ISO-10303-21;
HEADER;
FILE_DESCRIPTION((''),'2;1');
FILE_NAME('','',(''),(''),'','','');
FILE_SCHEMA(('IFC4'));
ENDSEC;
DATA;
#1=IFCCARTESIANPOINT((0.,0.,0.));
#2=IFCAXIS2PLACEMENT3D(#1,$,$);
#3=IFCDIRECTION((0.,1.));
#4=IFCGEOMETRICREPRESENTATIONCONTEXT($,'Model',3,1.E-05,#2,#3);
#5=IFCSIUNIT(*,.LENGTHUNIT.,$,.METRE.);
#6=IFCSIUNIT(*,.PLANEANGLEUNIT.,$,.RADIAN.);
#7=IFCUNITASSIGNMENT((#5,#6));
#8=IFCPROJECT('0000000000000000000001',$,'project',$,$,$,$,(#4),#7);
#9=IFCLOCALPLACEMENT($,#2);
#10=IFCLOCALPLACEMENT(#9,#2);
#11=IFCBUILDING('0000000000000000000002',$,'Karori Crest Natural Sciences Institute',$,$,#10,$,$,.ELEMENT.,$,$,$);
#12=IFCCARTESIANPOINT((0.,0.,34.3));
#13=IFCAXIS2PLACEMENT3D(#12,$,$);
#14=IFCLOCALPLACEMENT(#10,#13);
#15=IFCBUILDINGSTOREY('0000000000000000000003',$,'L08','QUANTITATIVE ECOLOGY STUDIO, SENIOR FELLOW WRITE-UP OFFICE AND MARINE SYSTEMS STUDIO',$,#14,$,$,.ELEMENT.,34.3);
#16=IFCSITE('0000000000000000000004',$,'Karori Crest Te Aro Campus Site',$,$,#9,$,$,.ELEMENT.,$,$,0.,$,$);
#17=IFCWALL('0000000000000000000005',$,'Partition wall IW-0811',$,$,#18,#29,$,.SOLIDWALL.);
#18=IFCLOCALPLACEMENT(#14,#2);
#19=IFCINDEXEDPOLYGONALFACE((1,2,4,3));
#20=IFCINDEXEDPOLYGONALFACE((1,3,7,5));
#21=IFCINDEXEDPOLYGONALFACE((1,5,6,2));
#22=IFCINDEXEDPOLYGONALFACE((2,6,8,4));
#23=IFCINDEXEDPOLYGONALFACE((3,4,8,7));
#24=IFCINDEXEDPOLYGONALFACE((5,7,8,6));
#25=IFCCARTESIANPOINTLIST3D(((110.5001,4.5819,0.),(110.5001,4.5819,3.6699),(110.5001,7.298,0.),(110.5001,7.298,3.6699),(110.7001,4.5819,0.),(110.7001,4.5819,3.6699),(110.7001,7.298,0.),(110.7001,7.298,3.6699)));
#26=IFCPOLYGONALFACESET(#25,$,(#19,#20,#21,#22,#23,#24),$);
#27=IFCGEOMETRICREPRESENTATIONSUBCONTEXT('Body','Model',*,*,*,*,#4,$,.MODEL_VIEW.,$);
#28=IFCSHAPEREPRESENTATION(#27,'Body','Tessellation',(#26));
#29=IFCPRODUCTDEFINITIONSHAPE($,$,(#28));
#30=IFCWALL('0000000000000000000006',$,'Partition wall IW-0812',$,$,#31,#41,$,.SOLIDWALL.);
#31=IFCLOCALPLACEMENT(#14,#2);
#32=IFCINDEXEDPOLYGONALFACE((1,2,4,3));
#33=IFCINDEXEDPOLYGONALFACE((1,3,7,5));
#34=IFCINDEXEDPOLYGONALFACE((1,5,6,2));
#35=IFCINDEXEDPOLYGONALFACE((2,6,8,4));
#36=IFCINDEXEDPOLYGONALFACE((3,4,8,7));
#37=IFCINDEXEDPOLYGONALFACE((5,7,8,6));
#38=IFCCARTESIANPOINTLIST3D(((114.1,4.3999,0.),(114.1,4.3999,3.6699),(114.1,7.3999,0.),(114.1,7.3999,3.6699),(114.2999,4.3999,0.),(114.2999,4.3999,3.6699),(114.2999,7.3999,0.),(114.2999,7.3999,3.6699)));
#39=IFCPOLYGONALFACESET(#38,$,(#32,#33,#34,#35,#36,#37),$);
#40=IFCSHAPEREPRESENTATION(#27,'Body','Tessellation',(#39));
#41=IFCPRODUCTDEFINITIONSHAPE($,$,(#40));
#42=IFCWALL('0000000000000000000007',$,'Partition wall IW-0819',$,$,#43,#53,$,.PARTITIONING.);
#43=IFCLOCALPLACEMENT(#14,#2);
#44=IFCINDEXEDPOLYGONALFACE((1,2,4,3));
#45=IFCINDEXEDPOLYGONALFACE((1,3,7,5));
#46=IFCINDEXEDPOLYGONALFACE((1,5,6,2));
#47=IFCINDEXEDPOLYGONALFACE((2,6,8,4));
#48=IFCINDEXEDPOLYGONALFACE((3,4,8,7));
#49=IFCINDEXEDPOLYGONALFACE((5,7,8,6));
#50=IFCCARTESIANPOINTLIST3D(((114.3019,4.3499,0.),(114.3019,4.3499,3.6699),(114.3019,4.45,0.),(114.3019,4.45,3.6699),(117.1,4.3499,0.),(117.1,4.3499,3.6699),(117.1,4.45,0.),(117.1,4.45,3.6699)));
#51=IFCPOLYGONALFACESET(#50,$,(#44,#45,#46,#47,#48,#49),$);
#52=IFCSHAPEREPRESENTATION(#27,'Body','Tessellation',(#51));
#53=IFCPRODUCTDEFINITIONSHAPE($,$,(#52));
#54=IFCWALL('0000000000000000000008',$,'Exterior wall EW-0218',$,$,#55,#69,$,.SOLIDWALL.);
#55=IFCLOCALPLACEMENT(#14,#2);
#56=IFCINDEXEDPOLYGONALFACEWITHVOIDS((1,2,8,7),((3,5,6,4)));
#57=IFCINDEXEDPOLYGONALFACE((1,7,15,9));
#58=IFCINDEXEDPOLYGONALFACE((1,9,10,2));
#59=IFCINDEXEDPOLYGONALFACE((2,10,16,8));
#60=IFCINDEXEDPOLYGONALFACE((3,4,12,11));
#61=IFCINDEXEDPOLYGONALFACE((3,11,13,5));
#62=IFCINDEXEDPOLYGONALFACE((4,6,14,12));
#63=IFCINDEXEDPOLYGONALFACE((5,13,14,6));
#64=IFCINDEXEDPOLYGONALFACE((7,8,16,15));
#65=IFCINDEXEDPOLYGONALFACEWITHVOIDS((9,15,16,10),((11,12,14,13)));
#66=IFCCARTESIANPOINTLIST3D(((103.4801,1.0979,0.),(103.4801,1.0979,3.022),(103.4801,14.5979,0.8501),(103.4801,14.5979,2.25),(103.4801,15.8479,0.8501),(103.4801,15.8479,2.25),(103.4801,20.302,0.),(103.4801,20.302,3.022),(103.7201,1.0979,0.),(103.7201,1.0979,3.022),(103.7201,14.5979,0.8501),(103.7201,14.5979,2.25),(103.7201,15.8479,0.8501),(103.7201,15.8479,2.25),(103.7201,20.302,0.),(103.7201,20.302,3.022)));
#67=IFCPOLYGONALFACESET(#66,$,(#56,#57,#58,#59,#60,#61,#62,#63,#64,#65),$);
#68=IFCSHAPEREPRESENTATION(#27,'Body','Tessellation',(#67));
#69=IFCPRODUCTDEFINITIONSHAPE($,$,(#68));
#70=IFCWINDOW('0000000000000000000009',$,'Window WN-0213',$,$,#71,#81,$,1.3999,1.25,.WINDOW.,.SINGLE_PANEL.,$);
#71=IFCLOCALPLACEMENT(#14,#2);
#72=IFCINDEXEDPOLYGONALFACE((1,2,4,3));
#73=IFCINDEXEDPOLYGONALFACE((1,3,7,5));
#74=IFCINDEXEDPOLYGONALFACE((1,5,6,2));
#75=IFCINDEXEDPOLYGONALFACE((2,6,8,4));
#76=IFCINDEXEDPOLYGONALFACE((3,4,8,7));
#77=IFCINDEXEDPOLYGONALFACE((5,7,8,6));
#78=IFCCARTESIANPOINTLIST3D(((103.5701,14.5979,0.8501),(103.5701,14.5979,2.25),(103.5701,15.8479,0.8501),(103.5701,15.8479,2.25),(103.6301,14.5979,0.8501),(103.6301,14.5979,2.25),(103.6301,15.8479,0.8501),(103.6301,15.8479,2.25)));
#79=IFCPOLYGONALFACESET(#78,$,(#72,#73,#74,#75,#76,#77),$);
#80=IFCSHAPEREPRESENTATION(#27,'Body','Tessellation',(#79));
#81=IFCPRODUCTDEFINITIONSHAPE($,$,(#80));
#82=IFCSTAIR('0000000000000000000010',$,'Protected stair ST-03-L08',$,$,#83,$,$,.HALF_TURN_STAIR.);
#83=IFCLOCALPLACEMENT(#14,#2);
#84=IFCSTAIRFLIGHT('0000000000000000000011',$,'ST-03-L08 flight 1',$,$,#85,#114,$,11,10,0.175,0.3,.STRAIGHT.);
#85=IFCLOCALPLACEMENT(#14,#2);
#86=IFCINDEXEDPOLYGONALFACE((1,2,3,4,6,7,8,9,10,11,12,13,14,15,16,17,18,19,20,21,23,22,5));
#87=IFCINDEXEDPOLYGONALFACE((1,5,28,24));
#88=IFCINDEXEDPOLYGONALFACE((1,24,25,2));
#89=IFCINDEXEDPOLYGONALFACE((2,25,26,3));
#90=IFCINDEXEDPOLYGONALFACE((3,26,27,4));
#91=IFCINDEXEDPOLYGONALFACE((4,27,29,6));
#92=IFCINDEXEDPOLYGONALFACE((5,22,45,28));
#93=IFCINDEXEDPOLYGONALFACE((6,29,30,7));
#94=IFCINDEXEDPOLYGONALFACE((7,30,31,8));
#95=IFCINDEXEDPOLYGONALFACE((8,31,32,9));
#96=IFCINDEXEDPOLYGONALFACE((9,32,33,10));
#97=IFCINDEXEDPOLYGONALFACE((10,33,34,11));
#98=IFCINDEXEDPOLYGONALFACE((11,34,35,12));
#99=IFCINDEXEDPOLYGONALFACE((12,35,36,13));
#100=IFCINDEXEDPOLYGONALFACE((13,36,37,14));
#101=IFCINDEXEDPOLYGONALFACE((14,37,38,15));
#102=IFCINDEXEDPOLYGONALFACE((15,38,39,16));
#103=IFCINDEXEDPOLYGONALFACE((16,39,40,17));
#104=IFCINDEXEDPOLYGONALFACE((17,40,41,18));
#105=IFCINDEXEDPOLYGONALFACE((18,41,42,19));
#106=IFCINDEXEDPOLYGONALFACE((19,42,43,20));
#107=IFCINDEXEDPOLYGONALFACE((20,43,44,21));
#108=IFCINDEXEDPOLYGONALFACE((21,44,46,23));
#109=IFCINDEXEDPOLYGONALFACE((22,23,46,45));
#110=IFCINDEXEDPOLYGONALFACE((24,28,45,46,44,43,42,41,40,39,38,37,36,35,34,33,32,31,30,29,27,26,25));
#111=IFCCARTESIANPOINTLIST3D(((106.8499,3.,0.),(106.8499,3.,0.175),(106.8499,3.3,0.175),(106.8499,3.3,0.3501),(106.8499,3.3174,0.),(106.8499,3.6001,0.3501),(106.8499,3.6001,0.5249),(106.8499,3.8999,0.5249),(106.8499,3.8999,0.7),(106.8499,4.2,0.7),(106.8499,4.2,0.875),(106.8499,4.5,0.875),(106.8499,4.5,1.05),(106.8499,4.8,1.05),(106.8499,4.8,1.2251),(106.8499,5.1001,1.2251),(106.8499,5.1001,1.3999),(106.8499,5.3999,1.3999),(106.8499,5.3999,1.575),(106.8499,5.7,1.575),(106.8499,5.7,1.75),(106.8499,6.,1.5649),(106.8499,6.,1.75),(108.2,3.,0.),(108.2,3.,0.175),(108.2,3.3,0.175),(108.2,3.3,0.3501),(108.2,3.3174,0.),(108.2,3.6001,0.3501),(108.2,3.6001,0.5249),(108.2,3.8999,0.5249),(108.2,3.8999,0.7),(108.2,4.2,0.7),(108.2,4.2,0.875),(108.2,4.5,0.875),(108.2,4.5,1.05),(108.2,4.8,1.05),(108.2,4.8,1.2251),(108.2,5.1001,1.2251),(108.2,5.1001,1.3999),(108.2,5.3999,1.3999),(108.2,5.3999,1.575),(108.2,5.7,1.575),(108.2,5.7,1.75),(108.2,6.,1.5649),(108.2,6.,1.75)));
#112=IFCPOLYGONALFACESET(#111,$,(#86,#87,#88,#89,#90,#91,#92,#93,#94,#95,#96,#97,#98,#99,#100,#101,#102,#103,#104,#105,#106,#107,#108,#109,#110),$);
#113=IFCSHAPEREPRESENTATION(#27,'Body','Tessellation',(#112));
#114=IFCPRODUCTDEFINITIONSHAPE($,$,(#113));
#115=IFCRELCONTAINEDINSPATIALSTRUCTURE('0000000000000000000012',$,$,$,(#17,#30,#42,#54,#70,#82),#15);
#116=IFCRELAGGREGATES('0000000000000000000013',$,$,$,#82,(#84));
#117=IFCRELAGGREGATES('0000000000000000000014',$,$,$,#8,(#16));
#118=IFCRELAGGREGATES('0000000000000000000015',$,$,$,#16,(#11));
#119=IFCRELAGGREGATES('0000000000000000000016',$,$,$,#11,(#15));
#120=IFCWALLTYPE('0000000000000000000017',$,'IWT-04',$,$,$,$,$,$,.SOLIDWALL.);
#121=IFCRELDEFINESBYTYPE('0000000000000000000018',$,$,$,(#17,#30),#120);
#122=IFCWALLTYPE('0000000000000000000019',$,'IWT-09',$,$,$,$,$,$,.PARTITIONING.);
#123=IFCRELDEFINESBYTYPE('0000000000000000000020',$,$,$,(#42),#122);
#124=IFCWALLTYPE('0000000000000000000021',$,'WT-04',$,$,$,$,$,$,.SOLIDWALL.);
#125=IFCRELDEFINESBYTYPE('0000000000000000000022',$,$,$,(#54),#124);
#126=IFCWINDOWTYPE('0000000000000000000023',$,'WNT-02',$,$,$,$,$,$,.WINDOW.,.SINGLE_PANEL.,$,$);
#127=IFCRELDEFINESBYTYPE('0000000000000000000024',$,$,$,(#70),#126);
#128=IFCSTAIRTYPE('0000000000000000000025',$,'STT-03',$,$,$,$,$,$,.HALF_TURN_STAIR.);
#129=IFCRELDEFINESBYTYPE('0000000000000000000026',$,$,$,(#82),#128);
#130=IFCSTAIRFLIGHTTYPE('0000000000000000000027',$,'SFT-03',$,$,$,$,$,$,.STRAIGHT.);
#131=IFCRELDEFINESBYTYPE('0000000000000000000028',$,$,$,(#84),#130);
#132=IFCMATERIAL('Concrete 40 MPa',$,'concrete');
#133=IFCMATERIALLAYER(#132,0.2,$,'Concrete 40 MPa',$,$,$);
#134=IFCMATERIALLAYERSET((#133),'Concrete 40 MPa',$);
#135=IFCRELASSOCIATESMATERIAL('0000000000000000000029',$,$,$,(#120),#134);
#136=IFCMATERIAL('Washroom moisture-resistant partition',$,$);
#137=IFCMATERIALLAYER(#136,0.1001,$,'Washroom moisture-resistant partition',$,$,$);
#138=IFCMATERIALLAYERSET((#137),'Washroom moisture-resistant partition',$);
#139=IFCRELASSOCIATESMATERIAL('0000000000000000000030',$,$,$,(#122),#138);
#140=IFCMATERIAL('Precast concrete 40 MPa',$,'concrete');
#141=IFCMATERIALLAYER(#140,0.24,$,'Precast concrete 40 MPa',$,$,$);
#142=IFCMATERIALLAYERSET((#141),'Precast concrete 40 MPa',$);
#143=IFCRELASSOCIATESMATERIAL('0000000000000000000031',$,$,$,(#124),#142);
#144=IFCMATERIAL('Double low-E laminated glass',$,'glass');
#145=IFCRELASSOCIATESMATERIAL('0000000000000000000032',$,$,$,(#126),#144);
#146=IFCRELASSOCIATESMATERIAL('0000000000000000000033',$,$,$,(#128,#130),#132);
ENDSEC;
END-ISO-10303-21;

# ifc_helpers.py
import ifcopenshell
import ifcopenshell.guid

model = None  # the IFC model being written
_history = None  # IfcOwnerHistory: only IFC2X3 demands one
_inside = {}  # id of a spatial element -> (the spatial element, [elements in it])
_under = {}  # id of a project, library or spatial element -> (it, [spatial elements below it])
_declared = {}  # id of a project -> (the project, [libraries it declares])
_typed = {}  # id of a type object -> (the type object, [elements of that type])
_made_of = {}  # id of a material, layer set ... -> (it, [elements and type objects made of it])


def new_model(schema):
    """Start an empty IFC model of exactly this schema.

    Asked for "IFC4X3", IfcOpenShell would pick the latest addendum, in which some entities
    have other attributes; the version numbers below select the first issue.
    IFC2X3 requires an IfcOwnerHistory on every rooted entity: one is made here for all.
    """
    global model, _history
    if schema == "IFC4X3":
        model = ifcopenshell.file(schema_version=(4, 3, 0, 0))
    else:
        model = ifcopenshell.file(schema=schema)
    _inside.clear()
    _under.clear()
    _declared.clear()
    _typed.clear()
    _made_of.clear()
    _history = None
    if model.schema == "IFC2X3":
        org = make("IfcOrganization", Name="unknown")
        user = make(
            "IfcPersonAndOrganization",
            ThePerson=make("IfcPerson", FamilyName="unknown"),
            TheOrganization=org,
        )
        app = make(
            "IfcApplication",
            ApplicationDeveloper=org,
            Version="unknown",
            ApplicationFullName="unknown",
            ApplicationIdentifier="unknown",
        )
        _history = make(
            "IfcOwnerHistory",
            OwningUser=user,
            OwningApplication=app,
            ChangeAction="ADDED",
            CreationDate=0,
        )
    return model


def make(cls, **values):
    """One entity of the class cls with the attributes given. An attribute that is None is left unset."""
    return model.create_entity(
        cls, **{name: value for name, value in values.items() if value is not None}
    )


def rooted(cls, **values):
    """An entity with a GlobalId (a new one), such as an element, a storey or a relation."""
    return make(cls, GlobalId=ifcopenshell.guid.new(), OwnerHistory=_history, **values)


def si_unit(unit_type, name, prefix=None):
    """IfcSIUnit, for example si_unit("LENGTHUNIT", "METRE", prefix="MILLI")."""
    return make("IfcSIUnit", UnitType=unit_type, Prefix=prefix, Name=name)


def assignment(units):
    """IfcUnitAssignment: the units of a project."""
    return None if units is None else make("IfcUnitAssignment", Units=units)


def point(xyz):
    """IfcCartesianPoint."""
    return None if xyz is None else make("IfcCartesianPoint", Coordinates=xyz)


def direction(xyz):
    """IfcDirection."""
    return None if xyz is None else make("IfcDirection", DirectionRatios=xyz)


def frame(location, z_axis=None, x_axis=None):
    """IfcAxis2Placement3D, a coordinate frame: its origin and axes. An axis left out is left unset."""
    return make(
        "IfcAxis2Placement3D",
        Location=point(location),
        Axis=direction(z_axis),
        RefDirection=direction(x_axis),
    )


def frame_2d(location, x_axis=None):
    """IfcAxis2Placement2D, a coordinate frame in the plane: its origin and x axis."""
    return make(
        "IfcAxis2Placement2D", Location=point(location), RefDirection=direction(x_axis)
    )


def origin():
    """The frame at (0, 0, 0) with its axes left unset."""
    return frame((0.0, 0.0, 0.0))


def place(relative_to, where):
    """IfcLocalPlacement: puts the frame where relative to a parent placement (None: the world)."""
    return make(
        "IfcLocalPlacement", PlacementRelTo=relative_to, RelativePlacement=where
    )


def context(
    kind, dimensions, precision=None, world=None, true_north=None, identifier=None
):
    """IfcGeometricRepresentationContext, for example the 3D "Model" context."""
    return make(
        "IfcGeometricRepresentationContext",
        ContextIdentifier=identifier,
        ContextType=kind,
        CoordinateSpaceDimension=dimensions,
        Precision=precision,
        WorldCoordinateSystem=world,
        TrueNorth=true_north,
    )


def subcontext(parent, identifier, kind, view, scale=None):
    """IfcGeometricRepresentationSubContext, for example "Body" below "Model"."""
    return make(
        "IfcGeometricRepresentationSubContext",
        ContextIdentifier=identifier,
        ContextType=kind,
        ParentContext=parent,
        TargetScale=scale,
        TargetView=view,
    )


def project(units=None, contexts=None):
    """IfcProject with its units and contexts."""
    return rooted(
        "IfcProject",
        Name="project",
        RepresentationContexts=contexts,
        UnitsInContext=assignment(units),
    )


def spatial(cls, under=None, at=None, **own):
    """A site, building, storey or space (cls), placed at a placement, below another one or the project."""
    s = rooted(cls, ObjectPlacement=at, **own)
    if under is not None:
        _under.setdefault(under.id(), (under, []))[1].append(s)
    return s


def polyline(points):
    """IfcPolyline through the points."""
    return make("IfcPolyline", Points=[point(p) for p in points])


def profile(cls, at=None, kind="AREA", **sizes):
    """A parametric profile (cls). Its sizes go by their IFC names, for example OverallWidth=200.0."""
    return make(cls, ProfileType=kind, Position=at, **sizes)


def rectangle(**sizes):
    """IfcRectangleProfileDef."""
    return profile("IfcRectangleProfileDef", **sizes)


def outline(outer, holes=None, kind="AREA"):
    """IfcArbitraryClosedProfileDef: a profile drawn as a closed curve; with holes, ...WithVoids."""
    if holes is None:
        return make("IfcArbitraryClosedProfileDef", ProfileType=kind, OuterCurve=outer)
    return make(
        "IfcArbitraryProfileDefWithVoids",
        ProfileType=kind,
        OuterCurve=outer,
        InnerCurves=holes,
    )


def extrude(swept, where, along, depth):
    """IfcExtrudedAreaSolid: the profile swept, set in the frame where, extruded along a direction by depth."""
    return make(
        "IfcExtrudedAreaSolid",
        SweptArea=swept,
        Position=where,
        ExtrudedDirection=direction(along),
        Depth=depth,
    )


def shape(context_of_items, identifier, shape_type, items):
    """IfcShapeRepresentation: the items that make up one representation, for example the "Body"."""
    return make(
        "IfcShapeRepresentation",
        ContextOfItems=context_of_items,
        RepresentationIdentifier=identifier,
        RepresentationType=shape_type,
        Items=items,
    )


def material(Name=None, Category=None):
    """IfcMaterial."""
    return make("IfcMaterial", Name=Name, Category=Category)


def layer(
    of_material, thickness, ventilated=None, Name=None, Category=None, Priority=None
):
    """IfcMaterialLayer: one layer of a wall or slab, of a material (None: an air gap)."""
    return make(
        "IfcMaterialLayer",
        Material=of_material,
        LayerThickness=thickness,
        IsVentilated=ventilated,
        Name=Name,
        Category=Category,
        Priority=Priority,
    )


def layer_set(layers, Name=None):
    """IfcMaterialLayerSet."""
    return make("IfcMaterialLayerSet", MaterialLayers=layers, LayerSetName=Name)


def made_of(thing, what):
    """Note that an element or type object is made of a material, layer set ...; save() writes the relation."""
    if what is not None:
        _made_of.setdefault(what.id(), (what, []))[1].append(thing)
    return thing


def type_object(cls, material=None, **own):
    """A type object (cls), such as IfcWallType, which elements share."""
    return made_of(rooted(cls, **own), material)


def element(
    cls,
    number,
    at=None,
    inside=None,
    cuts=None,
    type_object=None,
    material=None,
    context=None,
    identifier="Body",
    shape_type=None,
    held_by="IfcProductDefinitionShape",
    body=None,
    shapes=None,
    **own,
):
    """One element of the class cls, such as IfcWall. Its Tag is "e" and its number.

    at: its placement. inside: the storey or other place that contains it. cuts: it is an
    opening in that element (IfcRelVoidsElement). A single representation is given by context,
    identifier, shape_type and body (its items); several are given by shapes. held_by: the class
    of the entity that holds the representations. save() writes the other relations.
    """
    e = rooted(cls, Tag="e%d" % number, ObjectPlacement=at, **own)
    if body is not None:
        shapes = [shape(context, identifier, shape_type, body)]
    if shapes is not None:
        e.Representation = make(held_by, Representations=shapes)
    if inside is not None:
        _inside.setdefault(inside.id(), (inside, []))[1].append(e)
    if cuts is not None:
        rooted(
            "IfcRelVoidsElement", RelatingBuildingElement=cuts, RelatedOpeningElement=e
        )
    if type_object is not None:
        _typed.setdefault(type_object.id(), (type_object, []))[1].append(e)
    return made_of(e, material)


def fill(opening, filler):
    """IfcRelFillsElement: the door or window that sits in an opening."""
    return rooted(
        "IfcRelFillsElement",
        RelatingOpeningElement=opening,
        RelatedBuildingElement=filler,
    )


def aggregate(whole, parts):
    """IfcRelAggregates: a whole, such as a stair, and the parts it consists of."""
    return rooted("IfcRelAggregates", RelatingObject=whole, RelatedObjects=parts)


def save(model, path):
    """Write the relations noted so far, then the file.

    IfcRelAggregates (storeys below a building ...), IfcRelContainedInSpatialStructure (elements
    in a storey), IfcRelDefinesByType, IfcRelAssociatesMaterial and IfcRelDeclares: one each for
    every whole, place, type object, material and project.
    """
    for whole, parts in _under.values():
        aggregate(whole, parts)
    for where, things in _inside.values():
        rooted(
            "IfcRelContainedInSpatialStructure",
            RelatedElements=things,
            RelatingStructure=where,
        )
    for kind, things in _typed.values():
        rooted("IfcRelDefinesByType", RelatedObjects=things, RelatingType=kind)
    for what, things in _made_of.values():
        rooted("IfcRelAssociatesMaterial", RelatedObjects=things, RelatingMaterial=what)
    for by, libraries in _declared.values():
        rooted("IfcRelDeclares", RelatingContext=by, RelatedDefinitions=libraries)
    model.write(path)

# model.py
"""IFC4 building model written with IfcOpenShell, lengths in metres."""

from ifc_helpers import new_model, si_unit, direction, frame, frame_2d, origin, place, context, subcontext, project, spatial, polyline, rectangle, outline, extrude, material, layer, layer_set, type_object, element, fill, aggregate, save


model = new_model("IFC4")

# Units and contexts
model_context = context("Model", 3, precision=1e-05, world=origin(), true_north=direction((0.0, 1.0)))
body_context = subcontext(model_context, "Body", "Model", "MODEL_VIEW")
ifc_project = project(units=[si_unit("LENGTHUNIT", "METRE"), si_unit("PLANEANGLEUNIT", "RADIAN")], contexts=[model_context])

# Site, building, storey
site_placement = place(None, origin())
site = spatial("IfcSite", under=ifc_project, at=site_placement, Name="Karori Crest Te Aro Campus Site", CompositionType="ELEMENT", RefElevation=0.0)
building_placement = place(site_placement, origin())
building = spatial("IfcBuilding", under=site, at=building_placement, Name="Karori Crest Natural Sciences Institute", CompositionType="ELEMENT")
storey_placement = place(building_placement, frame((0.0, 0.0, 34.3)))
storey = spatial("IfcBuildingStorey", under=building, at=storey_placement, Name="L08", Description="QUANTITATIVE ECOLOGY STUDIO, SENIOR FELLOW WRITE-UP OFFICE AND MARINE SYSTEMS STUDIO", CompositionType="ELEMENT", Elevation=34.3)

# Walls
ifc_material_1 = material(Name="Concrete 40 MPa", Category="concrete")
ifc_layer_1 = layer(ifc_material_1, 0.2, Name="Concrete 40 MPa")
ifc_layer_set_1 = layer_set([ifc_layer_1], Name="Concrete 40 MPa")
wall_type_1 = type_object("IfcWallType", Name="IWT-04", PredefinedType="SOLIDWALL", material=ifc_layer_set_1)
wall_1_placement = place(storey_placement, frame((110.6001, 4.582, 0.0), z_axis=(0.0, 0.0, 1.0), x_axis=(0.0, 1.0, 0.0)))
element("IfcWall", 1, at=wall_1_placement, inside=storey, type_object=wall_type_1, Name="Partition wall IW-0811", PredefinedType="SOLIDWALL", context=body_context, shape_type="SweptSolid", body=[
    extrude(rectangle(XDim=2.7161, YDim=0.2, at=frame_2d((1.3579, 0.0))), origin(), (0.0, 0.0, 1.0), 3.6699),
])
wall_2_placement = place(storey_placement, frame((114.2, 4.3999, 0.0), z_axis=(0.0, 0.0, 1.0), x_axis=(0.0, 1.0, 0.0)))
element("IfcWall", 2, at=wall_2_placement, inside=storey, type_object=wall_type_1, Name="Partition wall IW-0812", PredefinedType="SOLIDWALL", context=body_context, shape_type="SweptSolid", body=[
    extrude(rectangle(XDim=3.0, YDim=0.2, at=frame_2d((1.5, 0.0))), origin(), (0.0, 0.0, 1.0), 3.6699),
])
ifc_material_2 = material(Name="Washroom moisture-resistant partition")
ifc_layer_2 = layer(ifc_material_2, 0.1001, Name="Washroom moisture-resistant partition")
ifc_layer_set_2 = layer_set([ifc_layer_2], Name="Washroom moisture-resistant partition")
wall_type_2 = type_object("IfcWallType", Name="IWT-09", PredefinedType="PARTITIONING", material=ifc_layer_set_2)
wall_3_placement = place(storey_placement, frame((114.302, 4.3999, 0.0), z_axis=(0.0, 0.0, 1.0), x_axis=(1.0, 0.0, 0.0)))
element("IfcWall", 3, at=wall_3_placement, inside=storey, type_object=wall_type_2, Name="Partition wall IW-0819", PredefinedType="PARTITIONING", context=body_context, shape_type="SweptSolid", body=[
    extrude(rectangle(XDim=2.7981, YDim=0.1001, at=frame_2d((1.3989, 0.0))), origin(), (0.0, 0.0, 1.0), 3.6699),
])

# Wall, opening, window
ifc_material_3 = material(Name="Precast concrete 40 MPa", Category="concrete")
ifc_layer_3 = layer(ifc_material_3, 0.24, Name="Precast concrete 40 MPa")
ifc_layer_set_3 = layer_set([ifc_layer_3], Name="Precast concrete 40 MPa")
wall_type_3 = type_object("IfcWallType", Name="WT-04", PredefinedType="SOLIDWALL", material=ifc_layer_set_3)
wall_4_placement = place(storey_placement, frame((103.6001, 1.0979, 0.0), z_axis=(0.0, 0.0, 1.0), x_axis=(0.0, 1.0, 0.0)))
wall_4 = element("IfcWall", 4, at=wall_4_placement, inside=storey, type_object=wall_type_3, Name="Exterior wall EW-0218", PredefinedType="SOLIDWALL", context=body_context, shape_type="SweptSolid", body=[
    extrude(rectangle(XDim=19.2041, YDim=0.24, at=frame_2d((9.6021, 0.0))), origin(), (0.0, 0.0, 1.0), 3.022),
])
opening_1_placement = place(wall_4_placement, frame((13.5, 0.0, 0.8501)))
opening_1 = element("IfcOpeningElement", 5, at=opening_1_placement, cuts=wall_4, PredefinedType="OPENING", context=body_context, shape_type="SweptSolid", body=[
    extrude(rectangle(XDim=1.25, YDim=1.3999, at=frame_2d((0.625, 0.7))), frame((0.0, 0.1299, 0.0), z_axis=(0.0, -1.0, 0.0), x_axis=(1.0, 0.0, 0.0)), (0.0, 0.0, 1.0), 0.26),
])
ifc_material_4 = material(Name="Double low-E laminated glass", Category="glass")
window_type = type_object("IfcWindowType", Name="WNT-02", PartitioningType="SINGLE_PANEL", PredefinedType="WINDOW", material=ifc_material_4)
window_placement = place(opening_1_placement, origin())
window = element("IfcWindow", 6, at=window_placement, inside=storey, type_object=window_type, Name="Window WN-0213", OverallHeight=1.3999, OverallWidth=1.25, PartitioningType="SINGLE_PANEL", PredefinedType="WINDOW", context=body_context, shape_type="SweptSolid", body=[
    extrude(rectangle(XDim=1.25, YDim=1.3999, at=frame_2d((0.625, 0.7))), frame((0.0, 0.03, 0.0), z_axis=(0.0, -1.0, 0.0), x_axis=(1.0, 0.0, 0.0)), (0.0, 0.0, 1.0), 0.0601),
])
fill(opening_1, window)

# Stair, stair flight
stair_type = type_object("IfcStairType", Name="STT-03", PredefinedType="HALF_TURN_STAIR", material=ifc_material_1)
stair_placement = place(storey_placement, origin())
stair = element("IfcStair", 7, at=stair_placement, inside=storey, type_object=stair_type, Name="Protected stair ST-03-L08", PredefinedType="HALF_TURN_STAIR")
stair_flight_type = type_object("IfcStairFlightType", Name="SFT-03", PredefinedType="STRAIGHT", material=ifc_material_1)
stair_flight_placement = place(storey_placement, frame((107.5249, 3.0, 0.0), z_axis=(0.0, 0.0, 1.0), x_axis=(0.0, 1.0, 0.0)))
stair_flight = element("IfcStairFlight", 8, at=stair_flight_placement, type_object=stair_flight_type, Name="ST-03-L08 flight 1", NumberOfRisers=11, NumberOfTreads=10, PredefinedType="STRAIGHT", RiserHeight=0.175, TreadLength=0.3, context=body_context, shape_type="SweptSolid", body=[
    extrude(outline(polyline([(0.0, 0.0), (0.0, 0.175), (0.3, 0.175), (0.3, 0.3501), (0.6001, 0.3501), (0.6001, 0.5249), (0.8999, 0.5249), (0.8999, 0.7), (1.2, 0.7), (1.2, 0.875), (1.5, 0.875), (1.5, 1.05), (1.8, 1.05), (1.8, 1.2251), (2.1001, 1.2251), (2.1001, 1.3999), (2.3999, 1.3999), (2.3999, 1.575), (2.7, 1.575), (2.7, 1.75), (3.0, 1.75), (3.0, 1.925), (3.0, 1.5649), (0.3174, 0.0), (0.0, 0.0)])), frame((0.0, 0.675, 0.0), z_axis=(0.0, -1.0, 0.0), x_axis=(1.0, 0.0, 0.0)), (0.0, 0.0, 1.0), 1.3501),
])
aggregate(stair, [stair_flight])

save(model, "model.ifc")
